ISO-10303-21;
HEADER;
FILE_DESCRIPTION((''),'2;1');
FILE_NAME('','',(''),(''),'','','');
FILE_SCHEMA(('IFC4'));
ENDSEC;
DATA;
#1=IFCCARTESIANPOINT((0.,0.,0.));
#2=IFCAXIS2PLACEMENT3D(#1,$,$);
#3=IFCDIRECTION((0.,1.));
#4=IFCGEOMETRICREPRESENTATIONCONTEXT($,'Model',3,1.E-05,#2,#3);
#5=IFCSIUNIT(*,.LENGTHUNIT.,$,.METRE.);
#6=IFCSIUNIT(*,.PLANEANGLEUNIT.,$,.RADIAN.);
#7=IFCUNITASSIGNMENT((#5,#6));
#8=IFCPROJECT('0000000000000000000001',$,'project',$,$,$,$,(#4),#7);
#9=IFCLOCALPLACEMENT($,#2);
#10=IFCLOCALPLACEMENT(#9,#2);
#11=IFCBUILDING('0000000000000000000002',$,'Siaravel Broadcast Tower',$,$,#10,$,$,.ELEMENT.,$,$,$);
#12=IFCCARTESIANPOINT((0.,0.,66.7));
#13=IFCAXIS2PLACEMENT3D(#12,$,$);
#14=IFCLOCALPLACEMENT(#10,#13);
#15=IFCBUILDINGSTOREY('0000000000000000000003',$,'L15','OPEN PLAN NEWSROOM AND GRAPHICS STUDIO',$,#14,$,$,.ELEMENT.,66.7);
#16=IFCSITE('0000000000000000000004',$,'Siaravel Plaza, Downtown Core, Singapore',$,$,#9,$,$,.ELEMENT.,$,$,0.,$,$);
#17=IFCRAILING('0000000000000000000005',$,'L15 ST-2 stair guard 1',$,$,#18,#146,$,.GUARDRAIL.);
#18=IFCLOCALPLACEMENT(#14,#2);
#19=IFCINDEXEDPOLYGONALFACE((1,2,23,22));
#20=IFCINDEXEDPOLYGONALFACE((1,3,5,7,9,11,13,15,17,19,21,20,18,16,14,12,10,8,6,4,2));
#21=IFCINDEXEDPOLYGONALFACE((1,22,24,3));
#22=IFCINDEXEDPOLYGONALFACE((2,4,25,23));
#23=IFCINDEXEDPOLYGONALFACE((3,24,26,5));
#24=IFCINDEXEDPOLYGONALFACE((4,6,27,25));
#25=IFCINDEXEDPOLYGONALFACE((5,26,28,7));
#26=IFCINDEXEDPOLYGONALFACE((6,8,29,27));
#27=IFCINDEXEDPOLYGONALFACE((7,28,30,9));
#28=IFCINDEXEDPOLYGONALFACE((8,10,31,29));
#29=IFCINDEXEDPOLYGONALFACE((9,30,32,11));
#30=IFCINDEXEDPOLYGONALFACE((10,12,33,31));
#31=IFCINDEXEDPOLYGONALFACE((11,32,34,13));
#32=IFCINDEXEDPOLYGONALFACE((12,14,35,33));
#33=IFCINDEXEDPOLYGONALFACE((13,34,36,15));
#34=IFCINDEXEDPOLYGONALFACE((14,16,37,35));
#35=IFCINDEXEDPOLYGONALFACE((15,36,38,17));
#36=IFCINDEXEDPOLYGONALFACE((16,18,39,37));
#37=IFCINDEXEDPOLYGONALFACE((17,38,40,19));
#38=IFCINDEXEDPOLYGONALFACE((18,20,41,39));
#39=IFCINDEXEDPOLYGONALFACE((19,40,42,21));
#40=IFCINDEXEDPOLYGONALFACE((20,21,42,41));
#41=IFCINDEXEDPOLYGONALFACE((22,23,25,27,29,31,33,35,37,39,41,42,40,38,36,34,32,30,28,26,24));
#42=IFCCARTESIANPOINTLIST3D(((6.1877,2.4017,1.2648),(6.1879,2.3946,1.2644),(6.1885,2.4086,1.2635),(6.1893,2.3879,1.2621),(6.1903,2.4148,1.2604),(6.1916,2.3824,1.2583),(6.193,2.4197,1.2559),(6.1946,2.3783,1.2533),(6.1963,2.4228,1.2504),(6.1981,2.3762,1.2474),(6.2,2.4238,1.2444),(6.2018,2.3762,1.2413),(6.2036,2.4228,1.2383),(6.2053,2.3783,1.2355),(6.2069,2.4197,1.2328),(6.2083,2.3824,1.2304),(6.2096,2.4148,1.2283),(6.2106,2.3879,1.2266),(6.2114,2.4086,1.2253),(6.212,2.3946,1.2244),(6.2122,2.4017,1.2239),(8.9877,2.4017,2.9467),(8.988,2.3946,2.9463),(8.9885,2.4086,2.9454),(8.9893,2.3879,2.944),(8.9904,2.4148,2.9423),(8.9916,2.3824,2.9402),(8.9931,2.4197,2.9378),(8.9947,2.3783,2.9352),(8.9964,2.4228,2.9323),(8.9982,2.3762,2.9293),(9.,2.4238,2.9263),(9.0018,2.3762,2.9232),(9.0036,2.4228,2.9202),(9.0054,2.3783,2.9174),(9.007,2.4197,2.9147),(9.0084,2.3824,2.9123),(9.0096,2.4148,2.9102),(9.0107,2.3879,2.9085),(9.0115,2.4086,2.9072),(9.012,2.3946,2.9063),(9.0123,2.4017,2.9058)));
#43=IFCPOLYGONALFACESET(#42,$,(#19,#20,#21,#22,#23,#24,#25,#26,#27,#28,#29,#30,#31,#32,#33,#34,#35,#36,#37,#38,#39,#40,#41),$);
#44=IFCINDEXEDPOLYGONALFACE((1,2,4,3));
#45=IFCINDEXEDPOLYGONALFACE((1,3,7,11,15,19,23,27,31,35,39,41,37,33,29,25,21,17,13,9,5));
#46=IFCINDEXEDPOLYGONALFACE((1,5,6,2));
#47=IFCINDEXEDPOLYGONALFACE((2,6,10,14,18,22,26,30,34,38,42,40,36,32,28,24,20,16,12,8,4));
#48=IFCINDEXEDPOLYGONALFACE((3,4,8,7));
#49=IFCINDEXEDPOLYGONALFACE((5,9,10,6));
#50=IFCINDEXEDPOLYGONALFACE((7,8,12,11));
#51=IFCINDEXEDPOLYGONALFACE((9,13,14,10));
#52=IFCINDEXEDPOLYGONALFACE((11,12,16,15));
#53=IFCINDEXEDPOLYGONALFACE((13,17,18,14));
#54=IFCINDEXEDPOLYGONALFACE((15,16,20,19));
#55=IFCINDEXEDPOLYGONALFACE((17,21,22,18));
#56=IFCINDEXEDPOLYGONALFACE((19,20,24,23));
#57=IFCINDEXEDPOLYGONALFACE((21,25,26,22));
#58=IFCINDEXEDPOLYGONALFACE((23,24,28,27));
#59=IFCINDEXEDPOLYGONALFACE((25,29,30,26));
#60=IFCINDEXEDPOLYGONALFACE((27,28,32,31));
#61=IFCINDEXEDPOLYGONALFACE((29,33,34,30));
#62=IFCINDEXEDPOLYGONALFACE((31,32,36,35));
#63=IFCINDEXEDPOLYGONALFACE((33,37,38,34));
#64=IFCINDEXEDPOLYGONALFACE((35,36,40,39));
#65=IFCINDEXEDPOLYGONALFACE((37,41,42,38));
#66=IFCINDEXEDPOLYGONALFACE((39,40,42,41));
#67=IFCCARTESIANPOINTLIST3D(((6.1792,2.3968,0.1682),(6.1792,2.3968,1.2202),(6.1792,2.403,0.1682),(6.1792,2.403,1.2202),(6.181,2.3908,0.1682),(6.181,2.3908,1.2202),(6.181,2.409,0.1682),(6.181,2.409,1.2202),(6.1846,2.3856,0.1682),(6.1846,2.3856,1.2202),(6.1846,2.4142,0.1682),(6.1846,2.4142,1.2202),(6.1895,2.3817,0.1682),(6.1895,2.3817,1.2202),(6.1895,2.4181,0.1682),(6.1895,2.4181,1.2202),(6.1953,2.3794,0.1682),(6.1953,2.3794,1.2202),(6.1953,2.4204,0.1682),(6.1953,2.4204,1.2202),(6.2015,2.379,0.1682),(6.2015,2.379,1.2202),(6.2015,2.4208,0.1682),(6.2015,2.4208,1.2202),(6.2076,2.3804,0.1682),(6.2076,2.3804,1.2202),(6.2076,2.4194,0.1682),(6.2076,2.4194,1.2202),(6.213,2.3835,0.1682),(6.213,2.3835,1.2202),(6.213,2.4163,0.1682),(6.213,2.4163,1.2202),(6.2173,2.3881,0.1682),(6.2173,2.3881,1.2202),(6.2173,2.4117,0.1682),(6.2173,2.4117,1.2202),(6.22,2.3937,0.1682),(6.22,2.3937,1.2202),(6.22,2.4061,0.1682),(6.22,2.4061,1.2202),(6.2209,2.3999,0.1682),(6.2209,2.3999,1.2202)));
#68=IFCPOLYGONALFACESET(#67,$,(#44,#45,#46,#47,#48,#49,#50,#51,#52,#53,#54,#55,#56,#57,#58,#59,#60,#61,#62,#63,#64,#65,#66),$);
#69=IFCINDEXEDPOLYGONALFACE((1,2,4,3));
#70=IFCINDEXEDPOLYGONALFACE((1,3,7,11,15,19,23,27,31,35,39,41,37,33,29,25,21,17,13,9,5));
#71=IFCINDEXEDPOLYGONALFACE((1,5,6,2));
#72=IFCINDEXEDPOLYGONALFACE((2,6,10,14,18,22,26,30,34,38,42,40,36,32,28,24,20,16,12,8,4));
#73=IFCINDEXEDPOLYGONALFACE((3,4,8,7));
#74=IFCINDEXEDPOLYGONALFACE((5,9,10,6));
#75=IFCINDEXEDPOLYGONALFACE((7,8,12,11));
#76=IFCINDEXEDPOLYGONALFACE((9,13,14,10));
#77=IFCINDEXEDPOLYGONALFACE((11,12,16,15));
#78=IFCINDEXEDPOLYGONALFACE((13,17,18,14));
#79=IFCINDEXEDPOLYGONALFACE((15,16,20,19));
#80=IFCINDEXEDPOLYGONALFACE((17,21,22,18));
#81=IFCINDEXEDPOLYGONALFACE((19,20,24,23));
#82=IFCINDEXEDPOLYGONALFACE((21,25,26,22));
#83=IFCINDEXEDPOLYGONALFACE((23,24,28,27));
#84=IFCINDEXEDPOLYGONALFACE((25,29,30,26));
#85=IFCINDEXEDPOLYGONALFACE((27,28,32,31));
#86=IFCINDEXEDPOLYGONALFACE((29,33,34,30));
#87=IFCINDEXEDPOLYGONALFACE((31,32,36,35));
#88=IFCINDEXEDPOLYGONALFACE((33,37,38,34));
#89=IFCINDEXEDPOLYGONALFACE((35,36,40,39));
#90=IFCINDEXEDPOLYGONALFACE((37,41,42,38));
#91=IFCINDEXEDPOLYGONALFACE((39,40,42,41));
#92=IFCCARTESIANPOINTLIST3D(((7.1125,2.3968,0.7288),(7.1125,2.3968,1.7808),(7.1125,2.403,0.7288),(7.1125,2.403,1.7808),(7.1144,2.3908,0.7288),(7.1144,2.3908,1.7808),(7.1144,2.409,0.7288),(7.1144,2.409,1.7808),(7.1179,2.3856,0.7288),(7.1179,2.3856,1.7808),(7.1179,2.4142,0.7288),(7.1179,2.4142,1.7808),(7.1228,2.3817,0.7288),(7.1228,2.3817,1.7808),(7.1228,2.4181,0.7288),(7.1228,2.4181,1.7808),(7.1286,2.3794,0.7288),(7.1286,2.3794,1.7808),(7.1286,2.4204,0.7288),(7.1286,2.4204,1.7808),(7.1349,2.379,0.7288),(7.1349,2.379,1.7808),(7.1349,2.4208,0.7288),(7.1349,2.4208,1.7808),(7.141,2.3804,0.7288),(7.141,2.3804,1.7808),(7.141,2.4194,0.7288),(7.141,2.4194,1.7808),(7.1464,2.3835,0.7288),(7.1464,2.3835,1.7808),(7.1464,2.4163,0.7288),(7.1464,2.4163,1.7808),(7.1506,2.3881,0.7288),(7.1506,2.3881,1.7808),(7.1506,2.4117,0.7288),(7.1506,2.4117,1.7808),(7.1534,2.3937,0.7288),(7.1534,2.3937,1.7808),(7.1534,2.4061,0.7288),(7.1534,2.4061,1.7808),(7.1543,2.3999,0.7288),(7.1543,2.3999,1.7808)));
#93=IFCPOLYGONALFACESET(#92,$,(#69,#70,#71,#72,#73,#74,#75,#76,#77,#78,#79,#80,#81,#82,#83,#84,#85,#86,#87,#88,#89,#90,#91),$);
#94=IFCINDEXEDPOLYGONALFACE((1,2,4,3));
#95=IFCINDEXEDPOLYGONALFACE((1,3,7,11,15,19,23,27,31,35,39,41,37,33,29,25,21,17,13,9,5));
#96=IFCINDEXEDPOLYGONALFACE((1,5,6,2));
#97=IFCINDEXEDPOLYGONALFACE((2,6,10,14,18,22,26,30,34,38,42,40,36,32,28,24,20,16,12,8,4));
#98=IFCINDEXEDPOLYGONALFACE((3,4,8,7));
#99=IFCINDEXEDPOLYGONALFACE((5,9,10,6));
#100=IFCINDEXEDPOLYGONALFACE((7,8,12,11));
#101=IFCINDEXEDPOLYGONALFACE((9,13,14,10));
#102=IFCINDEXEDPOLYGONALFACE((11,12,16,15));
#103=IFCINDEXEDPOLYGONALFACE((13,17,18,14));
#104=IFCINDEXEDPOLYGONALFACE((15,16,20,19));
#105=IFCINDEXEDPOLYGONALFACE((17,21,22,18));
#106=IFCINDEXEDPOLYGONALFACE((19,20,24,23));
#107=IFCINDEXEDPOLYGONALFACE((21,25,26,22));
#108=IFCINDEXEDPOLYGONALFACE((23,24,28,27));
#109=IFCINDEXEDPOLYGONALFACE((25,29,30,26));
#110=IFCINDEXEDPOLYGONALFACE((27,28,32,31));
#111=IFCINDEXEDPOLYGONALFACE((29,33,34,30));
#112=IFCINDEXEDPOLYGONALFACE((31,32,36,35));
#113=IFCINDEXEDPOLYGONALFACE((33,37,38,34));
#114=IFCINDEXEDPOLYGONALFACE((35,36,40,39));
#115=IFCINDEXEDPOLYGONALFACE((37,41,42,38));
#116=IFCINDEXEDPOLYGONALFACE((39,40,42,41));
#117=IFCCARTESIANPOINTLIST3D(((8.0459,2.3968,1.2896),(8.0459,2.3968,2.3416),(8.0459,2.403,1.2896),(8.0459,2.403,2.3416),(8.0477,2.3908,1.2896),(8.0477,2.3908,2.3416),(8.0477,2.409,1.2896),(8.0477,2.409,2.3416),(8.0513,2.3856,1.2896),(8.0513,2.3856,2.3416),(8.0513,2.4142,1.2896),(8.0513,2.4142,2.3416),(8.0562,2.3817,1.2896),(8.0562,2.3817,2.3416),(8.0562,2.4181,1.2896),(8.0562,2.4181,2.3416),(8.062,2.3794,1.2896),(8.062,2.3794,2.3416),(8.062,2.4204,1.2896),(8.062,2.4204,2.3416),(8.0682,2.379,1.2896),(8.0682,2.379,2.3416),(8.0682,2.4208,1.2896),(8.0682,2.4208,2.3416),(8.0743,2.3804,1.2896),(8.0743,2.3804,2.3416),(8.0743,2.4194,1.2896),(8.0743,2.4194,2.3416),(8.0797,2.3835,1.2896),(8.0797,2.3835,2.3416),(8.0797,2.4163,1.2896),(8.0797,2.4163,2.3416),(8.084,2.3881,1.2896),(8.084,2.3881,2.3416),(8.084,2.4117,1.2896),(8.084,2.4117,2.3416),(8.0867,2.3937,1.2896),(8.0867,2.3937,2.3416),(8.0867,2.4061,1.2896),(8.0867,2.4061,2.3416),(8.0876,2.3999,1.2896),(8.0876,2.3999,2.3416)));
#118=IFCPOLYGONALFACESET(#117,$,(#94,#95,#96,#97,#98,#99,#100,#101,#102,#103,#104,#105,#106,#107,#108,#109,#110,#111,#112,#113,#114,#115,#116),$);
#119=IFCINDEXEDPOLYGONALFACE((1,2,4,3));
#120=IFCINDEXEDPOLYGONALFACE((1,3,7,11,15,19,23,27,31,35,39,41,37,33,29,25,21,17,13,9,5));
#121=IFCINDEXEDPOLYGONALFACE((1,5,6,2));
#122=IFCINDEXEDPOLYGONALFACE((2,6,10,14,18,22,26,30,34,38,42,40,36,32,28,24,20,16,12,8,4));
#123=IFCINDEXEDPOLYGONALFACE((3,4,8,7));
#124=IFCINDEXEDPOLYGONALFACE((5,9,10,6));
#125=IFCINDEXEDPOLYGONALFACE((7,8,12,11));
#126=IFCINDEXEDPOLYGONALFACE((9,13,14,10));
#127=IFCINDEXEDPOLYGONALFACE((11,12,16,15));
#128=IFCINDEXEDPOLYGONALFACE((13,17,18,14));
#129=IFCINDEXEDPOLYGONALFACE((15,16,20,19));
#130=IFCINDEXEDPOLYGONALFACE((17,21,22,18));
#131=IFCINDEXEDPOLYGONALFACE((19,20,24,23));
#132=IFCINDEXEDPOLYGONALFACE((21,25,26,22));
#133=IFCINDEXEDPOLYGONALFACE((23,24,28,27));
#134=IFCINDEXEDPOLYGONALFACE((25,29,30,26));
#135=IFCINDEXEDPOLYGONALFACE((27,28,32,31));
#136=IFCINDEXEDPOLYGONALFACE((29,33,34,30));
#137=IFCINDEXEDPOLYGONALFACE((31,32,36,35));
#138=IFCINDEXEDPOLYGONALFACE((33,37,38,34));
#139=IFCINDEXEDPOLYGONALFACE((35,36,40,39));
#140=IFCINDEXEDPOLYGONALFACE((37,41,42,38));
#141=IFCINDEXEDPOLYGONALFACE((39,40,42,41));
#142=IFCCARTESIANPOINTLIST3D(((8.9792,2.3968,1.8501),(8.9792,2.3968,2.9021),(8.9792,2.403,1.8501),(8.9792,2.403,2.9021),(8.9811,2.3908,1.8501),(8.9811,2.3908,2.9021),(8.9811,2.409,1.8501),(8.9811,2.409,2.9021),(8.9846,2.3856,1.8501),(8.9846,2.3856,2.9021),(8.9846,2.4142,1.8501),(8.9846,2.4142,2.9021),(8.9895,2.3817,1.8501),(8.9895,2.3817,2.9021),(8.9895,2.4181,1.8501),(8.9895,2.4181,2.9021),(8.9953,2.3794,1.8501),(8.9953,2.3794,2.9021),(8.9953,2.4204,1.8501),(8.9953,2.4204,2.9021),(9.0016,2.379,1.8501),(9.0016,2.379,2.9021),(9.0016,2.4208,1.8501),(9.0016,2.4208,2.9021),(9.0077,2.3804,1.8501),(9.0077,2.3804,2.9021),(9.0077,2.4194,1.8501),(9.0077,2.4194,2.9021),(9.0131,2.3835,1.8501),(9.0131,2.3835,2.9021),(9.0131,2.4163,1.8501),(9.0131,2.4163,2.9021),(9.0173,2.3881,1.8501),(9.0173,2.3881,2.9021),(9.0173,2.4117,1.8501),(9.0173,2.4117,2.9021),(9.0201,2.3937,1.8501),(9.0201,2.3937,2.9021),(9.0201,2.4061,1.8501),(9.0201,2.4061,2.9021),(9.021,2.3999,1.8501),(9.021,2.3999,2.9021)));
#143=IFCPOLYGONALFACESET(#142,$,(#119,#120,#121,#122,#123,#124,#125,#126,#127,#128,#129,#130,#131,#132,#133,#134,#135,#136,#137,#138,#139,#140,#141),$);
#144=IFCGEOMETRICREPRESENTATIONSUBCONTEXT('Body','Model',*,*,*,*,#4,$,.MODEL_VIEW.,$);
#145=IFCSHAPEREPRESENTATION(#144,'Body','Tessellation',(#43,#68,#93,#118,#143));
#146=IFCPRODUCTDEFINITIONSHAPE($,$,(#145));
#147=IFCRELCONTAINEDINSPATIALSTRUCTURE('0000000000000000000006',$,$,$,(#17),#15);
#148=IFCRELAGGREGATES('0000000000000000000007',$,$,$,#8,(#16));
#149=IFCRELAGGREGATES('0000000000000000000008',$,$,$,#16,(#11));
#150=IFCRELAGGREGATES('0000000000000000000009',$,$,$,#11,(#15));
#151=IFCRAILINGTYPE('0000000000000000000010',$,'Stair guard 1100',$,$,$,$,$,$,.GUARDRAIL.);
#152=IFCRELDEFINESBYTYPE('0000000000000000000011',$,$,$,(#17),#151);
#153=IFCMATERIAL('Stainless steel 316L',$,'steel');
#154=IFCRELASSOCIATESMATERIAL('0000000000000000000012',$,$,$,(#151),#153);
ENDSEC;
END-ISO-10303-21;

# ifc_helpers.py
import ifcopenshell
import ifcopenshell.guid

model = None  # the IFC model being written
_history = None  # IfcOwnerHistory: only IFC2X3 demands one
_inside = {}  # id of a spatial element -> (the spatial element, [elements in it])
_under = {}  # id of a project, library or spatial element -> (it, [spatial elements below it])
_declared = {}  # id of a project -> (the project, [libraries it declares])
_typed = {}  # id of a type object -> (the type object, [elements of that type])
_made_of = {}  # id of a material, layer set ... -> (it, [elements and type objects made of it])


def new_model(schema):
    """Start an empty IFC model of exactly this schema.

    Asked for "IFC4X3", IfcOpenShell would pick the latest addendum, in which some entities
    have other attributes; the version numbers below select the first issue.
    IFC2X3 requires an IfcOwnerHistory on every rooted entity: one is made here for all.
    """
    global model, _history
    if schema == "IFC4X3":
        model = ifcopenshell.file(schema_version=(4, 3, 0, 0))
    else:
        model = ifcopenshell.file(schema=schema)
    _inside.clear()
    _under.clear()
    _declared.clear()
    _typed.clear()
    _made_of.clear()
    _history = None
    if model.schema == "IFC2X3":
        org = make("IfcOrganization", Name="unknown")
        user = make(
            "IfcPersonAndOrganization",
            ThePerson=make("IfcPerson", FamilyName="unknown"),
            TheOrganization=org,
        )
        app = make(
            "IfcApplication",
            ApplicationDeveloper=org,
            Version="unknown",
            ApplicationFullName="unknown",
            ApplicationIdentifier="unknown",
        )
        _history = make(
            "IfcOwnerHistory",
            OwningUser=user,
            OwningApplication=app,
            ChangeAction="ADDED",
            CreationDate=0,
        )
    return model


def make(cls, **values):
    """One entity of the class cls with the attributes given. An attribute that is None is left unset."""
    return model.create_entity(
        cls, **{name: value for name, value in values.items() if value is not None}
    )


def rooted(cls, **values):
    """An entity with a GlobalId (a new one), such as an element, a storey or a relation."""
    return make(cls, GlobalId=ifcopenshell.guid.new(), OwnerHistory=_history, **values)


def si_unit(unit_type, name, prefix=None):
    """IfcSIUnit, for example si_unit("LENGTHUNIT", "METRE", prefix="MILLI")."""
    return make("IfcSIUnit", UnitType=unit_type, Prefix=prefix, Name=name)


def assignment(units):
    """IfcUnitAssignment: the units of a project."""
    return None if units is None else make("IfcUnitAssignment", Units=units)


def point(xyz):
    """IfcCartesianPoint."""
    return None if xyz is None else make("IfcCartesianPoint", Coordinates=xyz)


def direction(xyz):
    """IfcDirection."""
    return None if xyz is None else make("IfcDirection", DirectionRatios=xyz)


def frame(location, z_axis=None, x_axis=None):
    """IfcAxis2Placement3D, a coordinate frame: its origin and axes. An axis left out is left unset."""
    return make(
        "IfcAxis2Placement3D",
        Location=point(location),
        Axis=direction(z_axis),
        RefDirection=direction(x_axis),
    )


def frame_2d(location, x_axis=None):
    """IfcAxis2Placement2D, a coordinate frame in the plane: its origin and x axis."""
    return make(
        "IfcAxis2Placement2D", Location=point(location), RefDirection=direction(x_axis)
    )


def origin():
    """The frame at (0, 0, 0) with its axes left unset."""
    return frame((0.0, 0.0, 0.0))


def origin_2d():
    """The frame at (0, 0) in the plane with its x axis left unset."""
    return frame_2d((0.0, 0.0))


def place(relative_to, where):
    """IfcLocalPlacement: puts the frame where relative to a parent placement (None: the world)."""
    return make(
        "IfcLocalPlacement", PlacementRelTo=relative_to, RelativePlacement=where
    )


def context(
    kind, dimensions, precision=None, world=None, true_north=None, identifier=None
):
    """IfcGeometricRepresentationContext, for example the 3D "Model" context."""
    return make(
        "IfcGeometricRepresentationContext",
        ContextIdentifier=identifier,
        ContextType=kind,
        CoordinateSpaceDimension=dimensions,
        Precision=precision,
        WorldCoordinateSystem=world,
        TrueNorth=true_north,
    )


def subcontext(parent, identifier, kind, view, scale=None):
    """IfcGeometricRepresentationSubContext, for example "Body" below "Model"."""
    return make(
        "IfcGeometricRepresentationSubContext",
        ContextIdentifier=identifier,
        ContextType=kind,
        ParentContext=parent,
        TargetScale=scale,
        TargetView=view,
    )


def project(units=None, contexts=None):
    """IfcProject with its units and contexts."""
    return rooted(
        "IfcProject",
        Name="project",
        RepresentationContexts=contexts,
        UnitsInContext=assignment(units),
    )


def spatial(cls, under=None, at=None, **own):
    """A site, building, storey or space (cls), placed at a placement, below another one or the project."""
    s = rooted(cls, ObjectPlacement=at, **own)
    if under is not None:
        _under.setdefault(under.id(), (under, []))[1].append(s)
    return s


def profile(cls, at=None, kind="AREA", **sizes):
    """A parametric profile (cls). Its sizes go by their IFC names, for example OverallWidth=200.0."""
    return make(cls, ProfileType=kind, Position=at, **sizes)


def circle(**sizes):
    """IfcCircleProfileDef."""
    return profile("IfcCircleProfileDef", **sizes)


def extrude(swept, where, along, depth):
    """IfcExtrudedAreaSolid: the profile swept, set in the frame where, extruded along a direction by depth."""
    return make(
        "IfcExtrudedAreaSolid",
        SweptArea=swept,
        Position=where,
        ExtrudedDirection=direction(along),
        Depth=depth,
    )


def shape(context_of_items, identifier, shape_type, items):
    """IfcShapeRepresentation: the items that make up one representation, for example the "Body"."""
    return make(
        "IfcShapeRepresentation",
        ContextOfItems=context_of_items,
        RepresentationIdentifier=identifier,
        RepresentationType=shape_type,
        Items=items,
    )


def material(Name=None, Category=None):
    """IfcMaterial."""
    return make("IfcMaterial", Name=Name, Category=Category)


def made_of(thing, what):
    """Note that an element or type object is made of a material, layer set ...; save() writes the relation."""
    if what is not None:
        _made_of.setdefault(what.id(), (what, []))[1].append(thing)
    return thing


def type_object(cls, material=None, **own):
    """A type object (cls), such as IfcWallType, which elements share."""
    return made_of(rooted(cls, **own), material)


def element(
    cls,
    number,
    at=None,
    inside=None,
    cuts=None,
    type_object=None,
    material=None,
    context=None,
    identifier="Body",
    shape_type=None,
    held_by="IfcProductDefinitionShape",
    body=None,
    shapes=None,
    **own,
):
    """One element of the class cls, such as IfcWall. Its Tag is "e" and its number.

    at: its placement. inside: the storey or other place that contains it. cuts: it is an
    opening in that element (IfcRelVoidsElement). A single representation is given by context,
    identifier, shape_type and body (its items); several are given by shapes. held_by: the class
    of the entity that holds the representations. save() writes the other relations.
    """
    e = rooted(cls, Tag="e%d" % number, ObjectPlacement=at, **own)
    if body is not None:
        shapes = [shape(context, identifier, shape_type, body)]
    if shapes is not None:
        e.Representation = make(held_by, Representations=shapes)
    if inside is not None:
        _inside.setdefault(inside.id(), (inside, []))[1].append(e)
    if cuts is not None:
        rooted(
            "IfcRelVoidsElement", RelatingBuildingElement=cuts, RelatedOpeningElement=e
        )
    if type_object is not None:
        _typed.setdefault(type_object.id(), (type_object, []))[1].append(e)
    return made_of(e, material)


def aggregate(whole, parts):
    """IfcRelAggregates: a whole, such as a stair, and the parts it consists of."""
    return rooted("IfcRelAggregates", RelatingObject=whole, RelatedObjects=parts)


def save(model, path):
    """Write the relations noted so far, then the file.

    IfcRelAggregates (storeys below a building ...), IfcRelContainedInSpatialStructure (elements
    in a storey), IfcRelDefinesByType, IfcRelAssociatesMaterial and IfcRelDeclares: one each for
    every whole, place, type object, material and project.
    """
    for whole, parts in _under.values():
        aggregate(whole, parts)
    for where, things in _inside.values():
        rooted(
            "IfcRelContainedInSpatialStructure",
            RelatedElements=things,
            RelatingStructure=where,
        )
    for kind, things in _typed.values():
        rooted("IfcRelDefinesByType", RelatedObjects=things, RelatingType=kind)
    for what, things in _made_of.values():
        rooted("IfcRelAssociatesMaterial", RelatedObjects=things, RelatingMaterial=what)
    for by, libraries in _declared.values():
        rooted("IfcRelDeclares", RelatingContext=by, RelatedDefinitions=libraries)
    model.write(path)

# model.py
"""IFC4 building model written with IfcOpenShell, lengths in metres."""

from ifc_helpers import new_model, si_unit, direction, frame, origin, origin_2d, place, context, subcontext, project, spatial, circle, extrude, material, type_object, element, save


model = new_model("IFC4")

# Units and contexts
model_context = context("Model", 3, precision=1e-05, world=origin(), true_north=direction((0.0, 1.0)))
body_context = subcontext(model_context, "Body", "Model", "MODEL_VIEW")
ifc_project = project(units=[si_unit("LENGTHUNIT", "METRE"), si_unit("PLANEANGLEUNIT", "RADIAN")], contexts=[model_context])

# Site, building, storey
site_placement = place(None, origin())
site = spatial("IfcSite", under=ifc_project, at=site_placement, Name="Siaravel Plaza, Downtown Core, Singapore", CompositionType="ELEMENT", RefElevation=0.0)
building_placement = place(site_placement, origin())
building = spatial("IfcBuilding", under=site, at=building_placement, Name="Siaravel Broadcast Tower", CompositionType="ELEMENT")
storey_placement = place(building_placement, frame((0.0, 0.0, 66.7)))
storey = spatial("IfcBuildingStorey", under=building, at=storey_placement, Name="L15", Description="OPEN PLAN NEWSROOM AND GRAPHICS STUDIO", CompositionType="ELEMENT", Elevation=66.7)

# Railing
ifc_material_1 = material(Name="Stainless steel 316L", Category="steel")
railing_type_1 = type_object("IfcRailingType", Name="Stair guard 1100", PredefinedType="GUARDRAIL", material=ifc_material_1)
railing_1_placement = place(storey_placement, frame((6.2, 2.3999, 0.1682)))
element("IfcRailing", 1, at=railing_1_placement, inside=storey, type_object=railing_type_1, Name="L15 ST-2 stair guard 1", PredefinedType="GUARDRAIL", context=body_context, shape_type="SweptSolid", body=[
    extrude(circle(Radius=0.0239, at=origin_2d()), frame((0.0, 0.0, 1.0762), z_axis=(0.857242, 0.0, 0.514913), x_axis=(0.0, 1.0, 0.0)), (0.0, 0.0, 1.0), 3.2664),
    extrude(circle(Radius=0.021, at=origin_2d()), origin(), (0.0, 0.0, 1.0), 1.052),
    extrude(circle(Radius=0.021, at=origin_2d()), frame((0.9333, 0.0, 0.5605)), (0.0, 0.0, 1.0), 1.052),
    extrude(circle(Radius=0.021, at=origin_2d()), frame((1.8667, 0.0, 1.1213)), (0.0, 0.0, 1.0), 1.052),
    extrude(circle(Radius=0.021, at=origin_2d()), frame((2.8, 0.0, 1.6819)), (0.0, 0.0, 1.0), 1.052),
])

save(model, "model.ifc")
